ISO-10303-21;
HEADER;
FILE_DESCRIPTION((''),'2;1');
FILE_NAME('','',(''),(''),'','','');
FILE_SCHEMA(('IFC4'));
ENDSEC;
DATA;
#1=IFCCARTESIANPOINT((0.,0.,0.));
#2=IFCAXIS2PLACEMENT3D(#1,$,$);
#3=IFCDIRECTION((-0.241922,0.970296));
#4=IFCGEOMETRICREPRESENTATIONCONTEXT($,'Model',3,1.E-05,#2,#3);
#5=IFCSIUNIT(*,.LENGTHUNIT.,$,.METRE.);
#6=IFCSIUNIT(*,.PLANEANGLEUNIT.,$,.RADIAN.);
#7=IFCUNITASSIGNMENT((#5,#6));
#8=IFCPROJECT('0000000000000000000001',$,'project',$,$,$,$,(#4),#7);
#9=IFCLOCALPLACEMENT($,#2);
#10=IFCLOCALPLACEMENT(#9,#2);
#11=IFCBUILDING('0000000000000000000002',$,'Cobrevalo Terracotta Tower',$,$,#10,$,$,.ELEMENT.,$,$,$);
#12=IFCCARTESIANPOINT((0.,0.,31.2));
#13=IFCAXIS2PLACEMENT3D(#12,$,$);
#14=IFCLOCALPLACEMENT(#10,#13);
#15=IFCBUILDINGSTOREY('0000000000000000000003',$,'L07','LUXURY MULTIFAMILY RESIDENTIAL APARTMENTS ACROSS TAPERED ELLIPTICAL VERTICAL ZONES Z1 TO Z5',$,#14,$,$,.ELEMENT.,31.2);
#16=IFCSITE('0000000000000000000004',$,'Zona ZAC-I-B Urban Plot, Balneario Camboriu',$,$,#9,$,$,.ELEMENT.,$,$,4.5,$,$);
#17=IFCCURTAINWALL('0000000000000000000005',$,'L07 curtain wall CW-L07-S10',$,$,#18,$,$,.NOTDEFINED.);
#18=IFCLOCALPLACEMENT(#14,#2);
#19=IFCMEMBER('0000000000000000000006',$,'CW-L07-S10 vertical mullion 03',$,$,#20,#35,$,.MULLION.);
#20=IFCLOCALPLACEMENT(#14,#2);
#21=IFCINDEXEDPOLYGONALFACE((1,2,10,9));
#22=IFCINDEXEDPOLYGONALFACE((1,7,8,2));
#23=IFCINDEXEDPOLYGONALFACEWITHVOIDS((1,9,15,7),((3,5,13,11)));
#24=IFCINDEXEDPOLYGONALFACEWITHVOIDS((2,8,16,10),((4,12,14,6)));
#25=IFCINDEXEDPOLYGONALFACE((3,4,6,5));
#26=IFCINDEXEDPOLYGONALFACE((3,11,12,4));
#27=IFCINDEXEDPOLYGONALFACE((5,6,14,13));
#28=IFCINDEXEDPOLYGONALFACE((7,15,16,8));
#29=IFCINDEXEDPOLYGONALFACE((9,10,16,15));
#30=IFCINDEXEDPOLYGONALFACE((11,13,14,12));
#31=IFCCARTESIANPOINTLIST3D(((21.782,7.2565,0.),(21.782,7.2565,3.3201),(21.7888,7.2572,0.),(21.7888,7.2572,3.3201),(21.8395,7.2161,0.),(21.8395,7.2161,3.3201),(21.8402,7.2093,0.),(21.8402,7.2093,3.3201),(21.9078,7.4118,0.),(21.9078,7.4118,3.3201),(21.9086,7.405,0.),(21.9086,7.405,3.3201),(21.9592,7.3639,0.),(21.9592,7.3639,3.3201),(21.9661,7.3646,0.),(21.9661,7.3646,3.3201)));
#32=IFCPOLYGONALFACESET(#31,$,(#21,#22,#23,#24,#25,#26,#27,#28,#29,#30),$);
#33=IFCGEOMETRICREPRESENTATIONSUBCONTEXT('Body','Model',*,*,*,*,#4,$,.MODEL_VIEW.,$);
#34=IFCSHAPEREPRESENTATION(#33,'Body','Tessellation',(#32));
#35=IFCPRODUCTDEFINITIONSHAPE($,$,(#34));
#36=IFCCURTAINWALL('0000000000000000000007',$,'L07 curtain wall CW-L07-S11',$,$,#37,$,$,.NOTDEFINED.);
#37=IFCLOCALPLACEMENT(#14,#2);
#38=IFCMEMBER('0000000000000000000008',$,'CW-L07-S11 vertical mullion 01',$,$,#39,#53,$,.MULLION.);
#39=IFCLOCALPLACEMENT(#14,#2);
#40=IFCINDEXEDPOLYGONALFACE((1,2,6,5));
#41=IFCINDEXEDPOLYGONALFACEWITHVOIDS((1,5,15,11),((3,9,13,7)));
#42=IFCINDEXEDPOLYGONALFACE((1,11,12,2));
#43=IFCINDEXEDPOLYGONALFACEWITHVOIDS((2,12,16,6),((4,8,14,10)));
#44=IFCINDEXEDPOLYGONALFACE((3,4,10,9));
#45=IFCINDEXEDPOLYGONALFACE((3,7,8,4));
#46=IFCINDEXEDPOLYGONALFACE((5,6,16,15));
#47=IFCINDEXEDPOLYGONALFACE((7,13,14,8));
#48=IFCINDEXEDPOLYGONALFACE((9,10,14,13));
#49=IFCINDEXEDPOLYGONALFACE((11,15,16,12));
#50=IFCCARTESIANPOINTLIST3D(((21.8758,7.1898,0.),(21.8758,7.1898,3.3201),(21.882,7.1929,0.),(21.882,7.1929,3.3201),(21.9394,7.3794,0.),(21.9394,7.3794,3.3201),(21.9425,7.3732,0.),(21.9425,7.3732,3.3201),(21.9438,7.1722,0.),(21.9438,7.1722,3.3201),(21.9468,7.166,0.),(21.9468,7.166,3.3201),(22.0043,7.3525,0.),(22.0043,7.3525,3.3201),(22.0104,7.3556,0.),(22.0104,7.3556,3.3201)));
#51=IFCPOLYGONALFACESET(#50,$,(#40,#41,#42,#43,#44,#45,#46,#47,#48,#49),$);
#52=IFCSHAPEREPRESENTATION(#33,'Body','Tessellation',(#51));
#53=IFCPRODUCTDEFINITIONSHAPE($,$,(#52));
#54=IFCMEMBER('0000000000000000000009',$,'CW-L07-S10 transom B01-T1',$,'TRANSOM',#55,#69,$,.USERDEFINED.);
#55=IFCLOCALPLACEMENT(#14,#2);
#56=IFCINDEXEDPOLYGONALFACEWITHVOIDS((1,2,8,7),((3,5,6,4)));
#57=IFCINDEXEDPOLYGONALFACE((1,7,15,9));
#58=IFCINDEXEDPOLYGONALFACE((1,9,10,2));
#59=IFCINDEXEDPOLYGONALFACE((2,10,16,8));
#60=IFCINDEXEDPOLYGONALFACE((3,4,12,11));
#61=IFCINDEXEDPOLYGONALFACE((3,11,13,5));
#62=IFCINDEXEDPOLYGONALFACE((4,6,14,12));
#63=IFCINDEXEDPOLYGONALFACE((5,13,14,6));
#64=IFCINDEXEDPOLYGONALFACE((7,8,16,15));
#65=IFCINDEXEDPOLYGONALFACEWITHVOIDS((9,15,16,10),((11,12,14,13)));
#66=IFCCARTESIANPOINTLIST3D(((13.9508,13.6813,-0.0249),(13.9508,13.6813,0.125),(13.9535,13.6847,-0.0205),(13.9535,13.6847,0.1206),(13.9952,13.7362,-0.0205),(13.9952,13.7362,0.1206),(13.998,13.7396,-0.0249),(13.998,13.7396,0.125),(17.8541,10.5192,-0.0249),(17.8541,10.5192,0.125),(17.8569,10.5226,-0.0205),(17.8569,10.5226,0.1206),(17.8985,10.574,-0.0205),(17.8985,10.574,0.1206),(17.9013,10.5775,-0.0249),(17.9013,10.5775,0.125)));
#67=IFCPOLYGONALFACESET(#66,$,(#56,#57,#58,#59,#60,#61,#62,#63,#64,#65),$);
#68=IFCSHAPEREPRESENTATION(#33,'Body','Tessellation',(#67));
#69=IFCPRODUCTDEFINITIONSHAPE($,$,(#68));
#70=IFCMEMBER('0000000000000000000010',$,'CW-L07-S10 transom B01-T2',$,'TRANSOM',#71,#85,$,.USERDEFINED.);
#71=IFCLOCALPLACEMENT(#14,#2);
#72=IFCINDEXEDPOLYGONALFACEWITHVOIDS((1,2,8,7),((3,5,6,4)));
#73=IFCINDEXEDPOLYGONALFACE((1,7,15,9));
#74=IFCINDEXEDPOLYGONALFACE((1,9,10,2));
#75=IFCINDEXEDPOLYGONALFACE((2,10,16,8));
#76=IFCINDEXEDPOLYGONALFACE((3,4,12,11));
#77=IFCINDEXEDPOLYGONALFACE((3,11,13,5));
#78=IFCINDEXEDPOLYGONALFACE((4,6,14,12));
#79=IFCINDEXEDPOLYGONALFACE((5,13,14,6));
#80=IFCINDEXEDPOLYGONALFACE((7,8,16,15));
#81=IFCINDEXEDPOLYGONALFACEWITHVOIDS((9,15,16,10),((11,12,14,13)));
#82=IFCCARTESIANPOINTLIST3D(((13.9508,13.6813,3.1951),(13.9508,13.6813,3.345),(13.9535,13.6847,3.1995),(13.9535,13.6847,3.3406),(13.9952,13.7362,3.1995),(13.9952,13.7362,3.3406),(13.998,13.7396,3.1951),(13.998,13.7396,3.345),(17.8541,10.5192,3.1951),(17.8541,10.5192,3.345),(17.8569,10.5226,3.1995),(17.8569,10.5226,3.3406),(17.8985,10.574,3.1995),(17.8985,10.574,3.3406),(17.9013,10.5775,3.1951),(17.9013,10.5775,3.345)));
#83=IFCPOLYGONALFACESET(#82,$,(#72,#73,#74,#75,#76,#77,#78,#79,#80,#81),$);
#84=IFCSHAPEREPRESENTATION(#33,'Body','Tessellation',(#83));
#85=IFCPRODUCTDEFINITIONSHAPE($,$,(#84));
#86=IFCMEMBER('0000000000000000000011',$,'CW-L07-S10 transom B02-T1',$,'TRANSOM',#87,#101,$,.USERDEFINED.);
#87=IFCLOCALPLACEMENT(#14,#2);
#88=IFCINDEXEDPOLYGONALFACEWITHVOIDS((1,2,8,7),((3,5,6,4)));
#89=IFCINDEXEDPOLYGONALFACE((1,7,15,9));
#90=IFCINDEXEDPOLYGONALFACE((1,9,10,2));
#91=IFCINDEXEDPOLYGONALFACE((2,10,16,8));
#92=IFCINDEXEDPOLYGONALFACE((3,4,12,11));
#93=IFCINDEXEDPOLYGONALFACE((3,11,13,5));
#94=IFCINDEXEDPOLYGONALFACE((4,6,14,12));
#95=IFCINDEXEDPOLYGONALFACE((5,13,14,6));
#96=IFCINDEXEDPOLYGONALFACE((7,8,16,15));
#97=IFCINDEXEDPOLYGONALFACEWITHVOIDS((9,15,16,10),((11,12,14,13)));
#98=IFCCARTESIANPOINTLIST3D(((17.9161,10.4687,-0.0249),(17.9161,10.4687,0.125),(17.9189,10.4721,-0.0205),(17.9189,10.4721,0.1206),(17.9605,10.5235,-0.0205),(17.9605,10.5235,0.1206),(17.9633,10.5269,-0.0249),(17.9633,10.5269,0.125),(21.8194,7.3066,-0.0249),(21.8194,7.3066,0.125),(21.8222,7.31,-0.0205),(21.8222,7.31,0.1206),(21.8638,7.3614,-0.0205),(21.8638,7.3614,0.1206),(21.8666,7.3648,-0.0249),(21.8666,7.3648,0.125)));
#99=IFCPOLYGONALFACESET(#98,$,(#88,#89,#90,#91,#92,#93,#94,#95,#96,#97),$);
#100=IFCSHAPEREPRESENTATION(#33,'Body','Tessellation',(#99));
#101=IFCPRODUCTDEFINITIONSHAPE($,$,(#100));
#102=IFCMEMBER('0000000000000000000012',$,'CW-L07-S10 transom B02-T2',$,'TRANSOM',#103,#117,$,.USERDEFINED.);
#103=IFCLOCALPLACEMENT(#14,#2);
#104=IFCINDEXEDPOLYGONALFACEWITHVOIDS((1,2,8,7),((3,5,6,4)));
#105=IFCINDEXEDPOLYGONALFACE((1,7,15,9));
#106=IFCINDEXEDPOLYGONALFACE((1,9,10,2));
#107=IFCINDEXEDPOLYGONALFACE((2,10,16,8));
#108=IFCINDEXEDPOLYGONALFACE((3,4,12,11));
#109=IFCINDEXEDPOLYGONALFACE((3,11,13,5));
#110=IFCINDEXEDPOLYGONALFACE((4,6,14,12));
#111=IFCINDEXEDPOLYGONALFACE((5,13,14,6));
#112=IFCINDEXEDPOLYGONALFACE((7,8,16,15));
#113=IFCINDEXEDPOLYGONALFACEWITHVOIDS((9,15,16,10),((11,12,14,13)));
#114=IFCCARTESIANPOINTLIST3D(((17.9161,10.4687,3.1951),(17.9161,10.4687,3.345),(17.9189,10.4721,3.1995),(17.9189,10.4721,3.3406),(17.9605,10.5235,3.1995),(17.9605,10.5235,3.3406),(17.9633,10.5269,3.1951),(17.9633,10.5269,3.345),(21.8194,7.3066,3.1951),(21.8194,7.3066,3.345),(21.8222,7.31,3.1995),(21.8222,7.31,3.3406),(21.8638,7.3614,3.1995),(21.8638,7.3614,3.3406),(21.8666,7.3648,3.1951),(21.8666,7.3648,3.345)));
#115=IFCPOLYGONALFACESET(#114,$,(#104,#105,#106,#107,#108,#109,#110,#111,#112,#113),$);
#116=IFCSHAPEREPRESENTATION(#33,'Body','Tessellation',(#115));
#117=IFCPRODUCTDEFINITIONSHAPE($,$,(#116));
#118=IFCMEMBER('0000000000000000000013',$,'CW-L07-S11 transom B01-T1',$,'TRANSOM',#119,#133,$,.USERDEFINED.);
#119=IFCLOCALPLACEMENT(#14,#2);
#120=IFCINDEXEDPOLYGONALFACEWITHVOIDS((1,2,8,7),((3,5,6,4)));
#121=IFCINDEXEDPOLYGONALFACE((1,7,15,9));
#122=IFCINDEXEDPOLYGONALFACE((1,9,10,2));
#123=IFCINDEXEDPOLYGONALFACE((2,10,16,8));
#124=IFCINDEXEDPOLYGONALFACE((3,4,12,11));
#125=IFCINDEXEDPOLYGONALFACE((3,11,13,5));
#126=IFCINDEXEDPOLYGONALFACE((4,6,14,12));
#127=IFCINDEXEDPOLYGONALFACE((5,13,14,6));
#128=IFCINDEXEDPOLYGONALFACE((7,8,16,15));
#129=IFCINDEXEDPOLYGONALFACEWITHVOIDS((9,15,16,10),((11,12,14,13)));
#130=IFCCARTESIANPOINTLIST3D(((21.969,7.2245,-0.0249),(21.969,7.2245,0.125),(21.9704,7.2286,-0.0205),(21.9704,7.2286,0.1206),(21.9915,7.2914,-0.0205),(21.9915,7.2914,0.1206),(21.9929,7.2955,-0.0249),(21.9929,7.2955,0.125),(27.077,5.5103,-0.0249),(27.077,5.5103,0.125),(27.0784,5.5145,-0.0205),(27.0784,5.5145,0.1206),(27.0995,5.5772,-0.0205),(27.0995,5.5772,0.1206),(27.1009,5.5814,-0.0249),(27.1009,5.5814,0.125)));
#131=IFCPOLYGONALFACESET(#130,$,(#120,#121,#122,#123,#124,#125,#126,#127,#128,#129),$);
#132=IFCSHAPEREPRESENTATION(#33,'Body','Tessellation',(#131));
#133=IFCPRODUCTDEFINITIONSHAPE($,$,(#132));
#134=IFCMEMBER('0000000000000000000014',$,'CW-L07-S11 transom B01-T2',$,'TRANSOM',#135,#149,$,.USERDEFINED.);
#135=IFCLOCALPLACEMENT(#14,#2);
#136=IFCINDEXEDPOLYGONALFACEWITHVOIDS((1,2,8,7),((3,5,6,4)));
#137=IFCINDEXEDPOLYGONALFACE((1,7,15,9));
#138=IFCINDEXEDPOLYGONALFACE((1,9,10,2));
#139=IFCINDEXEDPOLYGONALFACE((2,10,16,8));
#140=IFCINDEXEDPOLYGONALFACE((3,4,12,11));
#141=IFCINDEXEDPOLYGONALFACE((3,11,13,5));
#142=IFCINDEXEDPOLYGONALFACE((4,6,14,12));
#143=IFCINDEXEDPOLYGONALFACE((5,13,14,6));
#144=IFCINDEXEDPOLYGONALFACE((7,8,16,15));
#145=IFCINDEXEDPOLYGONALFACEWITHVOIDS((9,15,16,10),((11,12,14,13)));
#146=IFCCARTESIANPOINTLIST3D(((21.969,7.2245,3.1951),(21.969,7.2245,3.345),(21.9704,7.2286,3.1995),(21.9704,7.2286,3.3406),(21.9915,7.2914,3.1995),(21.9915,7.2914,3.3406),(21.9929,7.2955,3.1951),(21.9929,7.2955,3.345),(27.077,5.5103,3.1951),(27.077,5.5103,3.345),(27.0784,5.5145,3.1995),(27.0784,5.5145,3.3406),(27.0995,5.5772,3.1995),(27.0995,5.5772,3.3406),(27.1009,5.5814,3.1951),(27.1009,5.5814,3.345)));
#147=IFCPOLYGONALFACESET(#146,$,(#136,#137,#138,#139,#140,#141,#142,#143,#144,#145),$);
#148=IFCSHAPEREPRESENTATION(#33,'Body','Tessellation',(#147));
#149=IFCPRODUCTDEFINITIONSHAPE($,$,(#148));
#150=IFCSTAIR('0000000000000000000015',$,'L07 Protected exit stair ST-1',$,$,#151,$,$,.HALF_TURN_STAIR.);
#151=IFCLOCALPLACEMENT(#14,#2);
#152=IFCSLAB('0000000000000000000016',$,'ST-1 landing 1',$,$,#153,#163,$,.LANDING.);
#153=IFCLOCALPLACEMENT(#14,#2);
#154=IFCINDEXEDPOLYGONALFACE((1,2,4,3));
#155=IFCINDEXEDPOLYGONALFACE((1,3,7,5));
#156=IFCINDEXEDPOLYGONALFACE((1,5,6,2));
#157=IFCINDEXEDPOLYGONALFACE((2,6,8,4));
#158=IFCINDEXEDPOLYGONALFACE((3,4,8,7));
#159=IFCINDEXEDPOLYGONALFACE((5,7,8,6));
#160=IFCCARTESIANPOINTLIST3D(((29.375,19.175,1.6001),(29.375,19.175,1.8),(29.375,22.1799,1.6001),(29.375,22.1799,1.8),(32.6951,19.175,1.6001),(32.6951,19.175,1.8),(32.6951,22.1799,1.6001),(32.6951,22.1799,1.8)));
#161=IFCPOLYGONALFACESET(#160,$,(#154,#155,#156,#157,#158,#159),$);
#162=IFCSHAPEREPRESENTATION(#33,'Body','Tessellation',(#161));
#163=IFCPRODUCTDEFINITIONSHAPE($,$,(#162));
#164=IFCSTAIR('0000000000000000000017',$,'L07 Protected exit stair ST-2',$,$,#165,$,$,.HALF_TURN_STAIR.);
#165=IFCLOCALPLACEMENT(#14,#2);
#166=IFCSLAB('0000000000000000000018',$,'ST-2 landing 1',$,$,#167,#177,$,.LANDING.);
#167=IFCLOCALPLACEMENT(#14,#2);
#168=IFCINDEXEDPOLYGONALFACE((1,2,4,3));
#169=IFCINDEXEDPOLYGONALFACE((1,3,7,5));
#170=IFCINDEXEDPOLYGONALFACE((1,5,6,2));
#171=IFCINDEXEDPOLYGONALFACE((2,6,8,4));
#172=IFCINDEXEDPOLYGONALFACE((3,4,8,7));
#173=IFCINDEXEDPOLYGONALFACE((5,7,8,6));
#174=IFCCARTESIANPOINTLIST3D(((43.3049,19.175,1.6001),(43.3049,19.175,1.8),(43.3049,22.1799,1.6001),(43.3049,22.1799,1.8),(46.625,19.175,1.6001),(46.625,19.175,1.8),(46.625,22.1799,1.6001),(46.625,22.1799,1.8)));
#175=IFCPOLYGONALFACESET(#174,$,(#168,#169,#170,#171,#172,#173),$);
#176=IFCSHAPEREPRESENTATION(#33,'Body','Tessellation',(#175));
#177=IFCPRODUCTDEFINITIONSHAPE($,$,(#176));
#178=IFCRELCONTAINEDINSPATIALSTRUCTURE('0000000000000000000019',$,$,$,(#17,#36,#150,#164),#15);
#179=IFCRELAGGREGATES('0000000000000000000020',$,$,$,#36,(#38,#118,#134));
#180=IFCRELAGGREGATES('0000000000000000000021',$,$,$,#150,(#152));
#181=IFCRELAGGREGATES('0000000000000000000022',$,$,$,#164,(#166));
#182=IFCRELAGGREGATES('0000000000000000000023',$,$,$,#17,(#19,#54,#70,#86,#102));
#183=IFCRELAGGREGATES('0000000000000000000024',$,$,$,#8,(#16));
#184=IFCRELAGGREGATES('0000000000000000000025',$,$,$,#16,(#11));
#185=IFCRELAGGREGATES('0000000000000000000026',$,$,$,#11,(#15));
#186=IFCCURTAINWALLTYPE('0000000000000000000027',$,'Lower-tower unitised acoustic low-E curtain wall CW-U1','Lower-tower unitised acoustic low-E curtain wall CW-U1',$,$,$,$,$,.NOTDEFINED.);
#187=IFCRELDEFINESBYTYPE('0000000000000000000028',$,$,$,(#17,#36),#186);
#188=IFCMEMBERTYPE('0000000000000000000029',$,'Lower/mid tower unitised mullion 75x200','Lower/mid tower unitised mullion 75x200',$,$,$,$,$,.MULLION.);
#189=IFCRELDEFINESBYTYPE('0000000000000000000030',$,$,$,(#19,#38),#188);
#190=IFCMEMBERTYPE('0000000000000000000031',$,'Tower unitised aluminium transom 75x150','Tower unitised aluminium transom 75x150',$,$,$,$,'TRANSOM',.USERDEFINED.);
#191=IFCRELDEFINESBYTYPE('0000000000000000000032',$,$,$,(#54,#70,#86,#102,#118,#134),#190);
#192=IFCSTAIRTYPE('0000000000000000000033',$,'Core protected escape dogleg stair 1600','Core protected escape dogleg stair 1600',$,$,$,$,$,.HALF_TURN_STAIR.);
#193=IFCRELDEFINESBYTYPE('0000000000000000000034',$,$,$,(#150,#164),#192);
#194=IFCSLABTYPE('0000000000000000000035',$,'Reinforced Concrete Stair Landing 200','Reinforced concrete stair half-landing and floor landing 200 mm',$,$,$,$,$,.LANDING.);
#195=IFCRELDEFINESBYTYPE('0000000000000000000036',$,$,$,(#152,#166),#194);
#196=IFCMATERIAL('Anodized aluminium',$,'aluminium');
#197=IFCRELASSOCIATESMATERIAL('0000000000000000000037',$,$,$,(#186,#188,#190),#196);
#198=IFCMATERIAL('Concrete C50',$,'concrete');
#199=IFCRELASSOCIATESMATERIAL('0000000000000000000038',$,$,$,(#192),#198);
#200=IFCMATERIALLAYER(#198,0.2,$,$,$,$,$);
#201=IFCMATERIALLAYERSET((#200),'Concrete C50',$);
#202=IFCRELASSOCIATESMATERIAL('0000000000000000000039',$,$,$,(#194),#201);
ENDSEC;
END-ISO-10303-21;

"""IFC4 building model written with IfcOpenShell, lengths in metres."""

from ifc_helpers import new_model, si_unit, direction, frame, origin, origin_2d, place, context, subcontext, project, spatial, polyline, hollow_rectangle, outline, extrude, source, transform, mapped, material, layer, layer_set, material_profile, profile_set, type_object, element, aggregate, save


model = new_model("IFC4")

# Units and contexts
model_context = context("Model", 3, precision=1e-05, world=origin(), true_north=direction((-0.241922, 0.970296)))
body_context = subcontext(model_context, "Body", "Model", "MODEL_VIEW")
ifc_project = project(units=[si_unit("LENGTHUNIT", "METRE"), si_unit("PLANEANGLEUNIT", "RADIAN")], contexts=[model_context])

# Site, building, storey
site_placement = place(None, origin())
site = spatial("IfcSite", under=ifc_project, at=site_placement, Name="Zona ZAC-I-B Urban Plot, Balneario Camboriu", CompositionType="ELEMENT", RefElevation=4.5)
building_placement = place(site_placement, origin())
building = spatial("IfcBuilding", under=site, at=building_placement, Name="Cobrevalo Terracotta Tower", CompositionType="ELEMENT")
storey_placement = place(building_placement, frame((0.0, 0.0, 31.2)))
storey = spatial("IfcBuildingStorey", under=building, at=storey_placement, Name="L07", Description="LUXURY MULTIFAMILY RESIDENTIAL APARTMENTS ACROSS TAPERED ELLIPTICAL VERTICAL ZONES Z1 TO Z5", CompositionType="ELEMENT", Elevation=31.2)

# Curtain wall, member
ifc_material_1 = material(Name="Anodized aluminium", Category="aluminium")
curtain_wall_type = type_object("IfcCurtainWallType", Name="Lower-tower unitised acoustic low-E curtain wall CW-U1", Description="Lower-tower unitised acoustic low-E curtain wall CW-U1", PredefinedType="NOTDEFINED", material=ifc_material_1)
curtain_wall_1_placement = place(storey_placement, origin())
curtain_wall_1 = element("IfcCurtainWall", 1, at=curtain_wall_1_placement, inside=storey, type_object=curtain_wall_type, Name="L07 curtain wall CW-L07-S10", PredefinedType="NOTDEFINED")
ifc_material_profile_1 = material_profile(ifc_material_1, hollow_rectangle(XDim=0.075, YDim=0.2, WallThickness=0.0049, at=origin_2d()), Name="CWM 75x200")
ifc_profile_set_1 = profile_set([ifc_material_profile_1], Name="Anodized aluminium")
member_type_1 = type_object("IfcMemberType", Name="Lower/mid tower unitised mullion 75x200", Description="Lower/mid tower unitised mullion 75x200", PredefinedType="MULLION", material=ifc_profile_set_1)
shared_shape_1 = source(origin(), body_context, "Body", "SweptSolid", [
    extrude(hollow_rectangle(XDim=0.075, YDim=0.2, WallThickness=0.0049, at=origin_2d()), origin(), (0.0, 0.0, 1.0), 3.3201),
])
member_1_placement = place(storey_placement, frame((21.874, 7.3105, 0.0), z_axis=(0.0, 0.0, 1.0), x_axis=(0.777003, -0.629497, 0.0)))
member_1 = element("IfcMember", 2, at=member_1_placement, type_object=member_type_1, Name="CW-L07-S10 vertical mullion 03", PredefinedType="MULLION", context=body_context, shape_type="MappedRepresentation", body=[
    mapped(shared_shape_1, transform((0.0, 0.0, 0.0), scale=1.0)),
])

# Curtain wall, member
curtain_wall_2_placement = place(storey_placement, origin())
curtain_wall_2 = element("IfcCurtainWall", 3, at=curtain_wall_2_placement, inside=storey, type_object=curtain_wall_type, Name="L07 curtain wall CW-L07-S11", PredefinedType="NOTDEFINED")
member_2_placement = place(storey_placement, frame((21.9431, 7.2727, 0.0), z_axis=(0.0, 0.0, 1.0), x_axis=(0.948046, -0.318132, 0.0)))
member_2 = element("IfcMember", 4, at=member_2_placement, type_object=member_type_1, Name="CW-L07-S11 vertical mullion 01", PredefinedType="MULLION", context=body_context, shape_type="MappedRepresentation", body=[
    mapped(shared_shape_1, transform((0.0, 0.0, 0.0), scale=1.0)),
])

# Members
ifc_material_profile_2 = material_profile(ifc_material_1, hollow_rectangle(XDim=0.075, YDim=0.1499, WallThickness=0.0044, at=origin_2d()), Name="CWT 75x150")
ifc_profile_set_2 = profile_set([ifc_material_profile_2], Name="Anodized aluminium")
member_type_2 = type_object("IfcMemberType", Name="Tower unitised aluminium transom 75x150", Description="Tower unitised aluminium transom 75x150", ElementType="TRANSOM", PredefinedType="USERDEFINED", material=ifc_profile_set_2)
shared_shape_2 = source(origin(), body_context, "Body", "SweptSolid", [
    extrude(hollow_rectangle(XDim=0.075, YDim=0.1499, WallThickness=0.0044, at=origin_2d()), origin(), (0.0, 0.0, 1.0), 5.0234),
])
member_3_placement = place(storey_placement, frame((13.9744, 13.7104, 0.05), z_axis=(0.777023, -0.629472, 0.0), x_axis=(0.629472, 0.777023, 0.0)))
member_3 = element("IfcMember", 5, at=member_3_placement, type_object=member_type_2, Name="CW-L07-S10 transom B01-T1", ObjectType="TRANSOM", PredefinedType="USERDEFINED", context=body_context, shape_type="MappedRepresentation", body=[
    mapped(shared_shape_2, transform((0.0, 0.0, 0.0), scale=1.0)),
])
member_4_placement = place(storey_placement, frame((13.9744, 13.7104, 3.27), z_axis=(0.777023, -0.629472, 0.0), x_axis=(0.629472, 0.777023, 0.0)))
member_4 = element("IfcMember", 6, at=member_4_placement, type_object=member_type_2, Name="CW-L07-S10 transom B01-T2", ObjectType="TRANSOM", PredefinedType="USERDEFINED", context=body_context, shape_type="MappedRepresentation", body=[
    mapped(shared_shape_2, transform((0.0, 0.0, 0.0), scale=1.0)),
])
member_5_placement = place(storey_placement, frame((17.9397, 10.4978, 0.05), z_axis=(0.777023, -0.629472, 0.0), x_axis=(0.629472, 0.777023, 0.0)))
member_5 = element("IfcMember", 7, at=member_5_placement, type_object=member_type_2, Name="CW-L07-S10 transom B02-T1", ObjectType="TRANSOM", PredefinedType="USERDEFINED", context=body_context, shape_type="MappedRepresentation", body=[
    mapped(shared_shape_2, transform((0.0, 0.0, 0.0), scale=1.0)),
])
member_6_placement = place(storey_placement, frame((17.9397, 10.4978, 3.27), z_axis=(0.777023, -0.629472, 0.0), x_axis=(0.629472, 0.777023, 0.0)))
member_6 = element("IfcMember", 8, at=member_6_placement, type_object=member_type_2, Name="CW-L07-S10 transom B02-T2", ObjectType="TRANSOM", PredefinedType="USERDEFINED", context=body_context, shape_type="MappedRepresentation", body=[
    mapped(shared_shape_2, transform((0.0, 0.0, 0.0), scale=1.0)),
])
shared_shape_3 = source(origin(), body_context, "Body", "SweptSolid", [
    extrude(hollow_rectangle(XDim=0.075, YDim=0.1499, WallThickness=0.0044, at=origin_2d()), origin(), (0.0, 0.0, 1.0), 5.3879),
])
member_7_placement = place(storey_placement, frame((21.981, 7.26, 0.05), z_axis=(0.948042, -0.318144, 0.0), x_axis=(0.318144, 0.948042, 0.0)))
member_7 = element("IfcMember", 9, at=member_7_placement, type_object=member_type_2, Name="CW-L07-S11 transom B01-T1", ObjectType="TRANSOM", PredefinedType="USERDEFINED", context=body_context, shape_type="MappedRepresentation", body=[
    mapped(shared_shape_3, transform((0.0, 0.0, 0.0), scale=1.0)),
])
member_8_placement = place(storey_placement, frame((21.981, 7.26, 3.27), z_axis=(0.948042, -0.318144, 0.0), x_axis=(0.318144, 0.948042, 0.0)))
member_8 = element("IfcMember", 10, at=member_8_placement, type_object=member_type_2, Name="CW-L07-S11 transom B01-T2", ObjectType="TRANSOM", PredefinedType="USERDEFINED", context=body_context, shape_type="MappedRepresentation", body=[
    mapped(shared_shape_3, transform((0.0, 0.0, 0.0), scale=1.0)),
])
aggregate(curtain_wall_2, [member_2, member_7, member_8])

# Stairs, slabs
ifc_material_2 = material(Name="Concrete C50", Category="concrete")
stair_type = type_object("IfcStairType", Name="Core protected escape dogleg stair 1600", Description="Core protected escape dogleg stair 1600", PredefinedType="HALF_TURN_STAIR", material=ifc_material_2)
stair_1_placement = place(storey_placement, origin())
stair_1 = element("IfcStair", 11, at=stair_1_placement, inside=storey, type_object=stair_type, Name="L07 Protected exit stair ST-1", PredefinedType="HALF_TURN_STAIR")
ifc_layer_1 = layer(ifc_material_2, 0.2)
ifc_layer_set_1 = layer_set([ifc_layer_1], Name="Concrete C50")
slab_type_1 = type_object("IfcSlabType", Name="Reinforced Concrete Stair Landing 200", Description="Reinforced concrete stair half-landing and floor landing 200 mm", PredefinedType="LANDING", material=ifc_layer_set_1)
slab_1_placement = place(storey_placement, frame((0.0, 0.0, 1.6001)))
slab_1 = element("IfcSlab", 12, at=slab_1_placement, type_object=slab_type_1, Name="ST-1 landing 1", PredefinedType="LANDING", context=body_context, shape_type="SweptSolid", body=[
    extrude(outline(polyline([(29.375, 22.1799), (29.375, 19.175), (32.6951, 19.175), (32.6951, 22.1799), (29.375, 22.1799)])), origin(), (0.0, 0.0, 1.0), 0.2),
])
aggregate(stair_1, [slab_1])
stair_2_placement = place(storey_placement, origin())
stair_2 = element("IfcStair", 13, at=stair_2_placement, inside=storey, type_object=stair_type, Name="L07 Protected exit stair ST-2", PredefinedType="HALF_TURN_STAIR")
slab_2_placement = place(storey_placement, frame((0.0, 0.0, 1.6001)))
slab_2 = element("IfcSlab", 14, at=slab_2_placement, type_object=slab_type_1, Name="ST-2 landing 1", PredefinedType="LANDING", context=body_context, shape_type="SweptSolid", body=[
    extrude(outline(polyline([(43.3049, 22.1799), (43.3049, 19.175), (46.625, 19.175), (46.625, 22.1799), (43.3049, 22.1799)])), origin(), (0.0, 0.0, 1.0), 0.2),
])
aggregate(stair_2, [slab_2])

aggregate(curtain_wall_1, [member_1, member_3, member_4, member_5, member_6])

save(model, "model.ifc")
